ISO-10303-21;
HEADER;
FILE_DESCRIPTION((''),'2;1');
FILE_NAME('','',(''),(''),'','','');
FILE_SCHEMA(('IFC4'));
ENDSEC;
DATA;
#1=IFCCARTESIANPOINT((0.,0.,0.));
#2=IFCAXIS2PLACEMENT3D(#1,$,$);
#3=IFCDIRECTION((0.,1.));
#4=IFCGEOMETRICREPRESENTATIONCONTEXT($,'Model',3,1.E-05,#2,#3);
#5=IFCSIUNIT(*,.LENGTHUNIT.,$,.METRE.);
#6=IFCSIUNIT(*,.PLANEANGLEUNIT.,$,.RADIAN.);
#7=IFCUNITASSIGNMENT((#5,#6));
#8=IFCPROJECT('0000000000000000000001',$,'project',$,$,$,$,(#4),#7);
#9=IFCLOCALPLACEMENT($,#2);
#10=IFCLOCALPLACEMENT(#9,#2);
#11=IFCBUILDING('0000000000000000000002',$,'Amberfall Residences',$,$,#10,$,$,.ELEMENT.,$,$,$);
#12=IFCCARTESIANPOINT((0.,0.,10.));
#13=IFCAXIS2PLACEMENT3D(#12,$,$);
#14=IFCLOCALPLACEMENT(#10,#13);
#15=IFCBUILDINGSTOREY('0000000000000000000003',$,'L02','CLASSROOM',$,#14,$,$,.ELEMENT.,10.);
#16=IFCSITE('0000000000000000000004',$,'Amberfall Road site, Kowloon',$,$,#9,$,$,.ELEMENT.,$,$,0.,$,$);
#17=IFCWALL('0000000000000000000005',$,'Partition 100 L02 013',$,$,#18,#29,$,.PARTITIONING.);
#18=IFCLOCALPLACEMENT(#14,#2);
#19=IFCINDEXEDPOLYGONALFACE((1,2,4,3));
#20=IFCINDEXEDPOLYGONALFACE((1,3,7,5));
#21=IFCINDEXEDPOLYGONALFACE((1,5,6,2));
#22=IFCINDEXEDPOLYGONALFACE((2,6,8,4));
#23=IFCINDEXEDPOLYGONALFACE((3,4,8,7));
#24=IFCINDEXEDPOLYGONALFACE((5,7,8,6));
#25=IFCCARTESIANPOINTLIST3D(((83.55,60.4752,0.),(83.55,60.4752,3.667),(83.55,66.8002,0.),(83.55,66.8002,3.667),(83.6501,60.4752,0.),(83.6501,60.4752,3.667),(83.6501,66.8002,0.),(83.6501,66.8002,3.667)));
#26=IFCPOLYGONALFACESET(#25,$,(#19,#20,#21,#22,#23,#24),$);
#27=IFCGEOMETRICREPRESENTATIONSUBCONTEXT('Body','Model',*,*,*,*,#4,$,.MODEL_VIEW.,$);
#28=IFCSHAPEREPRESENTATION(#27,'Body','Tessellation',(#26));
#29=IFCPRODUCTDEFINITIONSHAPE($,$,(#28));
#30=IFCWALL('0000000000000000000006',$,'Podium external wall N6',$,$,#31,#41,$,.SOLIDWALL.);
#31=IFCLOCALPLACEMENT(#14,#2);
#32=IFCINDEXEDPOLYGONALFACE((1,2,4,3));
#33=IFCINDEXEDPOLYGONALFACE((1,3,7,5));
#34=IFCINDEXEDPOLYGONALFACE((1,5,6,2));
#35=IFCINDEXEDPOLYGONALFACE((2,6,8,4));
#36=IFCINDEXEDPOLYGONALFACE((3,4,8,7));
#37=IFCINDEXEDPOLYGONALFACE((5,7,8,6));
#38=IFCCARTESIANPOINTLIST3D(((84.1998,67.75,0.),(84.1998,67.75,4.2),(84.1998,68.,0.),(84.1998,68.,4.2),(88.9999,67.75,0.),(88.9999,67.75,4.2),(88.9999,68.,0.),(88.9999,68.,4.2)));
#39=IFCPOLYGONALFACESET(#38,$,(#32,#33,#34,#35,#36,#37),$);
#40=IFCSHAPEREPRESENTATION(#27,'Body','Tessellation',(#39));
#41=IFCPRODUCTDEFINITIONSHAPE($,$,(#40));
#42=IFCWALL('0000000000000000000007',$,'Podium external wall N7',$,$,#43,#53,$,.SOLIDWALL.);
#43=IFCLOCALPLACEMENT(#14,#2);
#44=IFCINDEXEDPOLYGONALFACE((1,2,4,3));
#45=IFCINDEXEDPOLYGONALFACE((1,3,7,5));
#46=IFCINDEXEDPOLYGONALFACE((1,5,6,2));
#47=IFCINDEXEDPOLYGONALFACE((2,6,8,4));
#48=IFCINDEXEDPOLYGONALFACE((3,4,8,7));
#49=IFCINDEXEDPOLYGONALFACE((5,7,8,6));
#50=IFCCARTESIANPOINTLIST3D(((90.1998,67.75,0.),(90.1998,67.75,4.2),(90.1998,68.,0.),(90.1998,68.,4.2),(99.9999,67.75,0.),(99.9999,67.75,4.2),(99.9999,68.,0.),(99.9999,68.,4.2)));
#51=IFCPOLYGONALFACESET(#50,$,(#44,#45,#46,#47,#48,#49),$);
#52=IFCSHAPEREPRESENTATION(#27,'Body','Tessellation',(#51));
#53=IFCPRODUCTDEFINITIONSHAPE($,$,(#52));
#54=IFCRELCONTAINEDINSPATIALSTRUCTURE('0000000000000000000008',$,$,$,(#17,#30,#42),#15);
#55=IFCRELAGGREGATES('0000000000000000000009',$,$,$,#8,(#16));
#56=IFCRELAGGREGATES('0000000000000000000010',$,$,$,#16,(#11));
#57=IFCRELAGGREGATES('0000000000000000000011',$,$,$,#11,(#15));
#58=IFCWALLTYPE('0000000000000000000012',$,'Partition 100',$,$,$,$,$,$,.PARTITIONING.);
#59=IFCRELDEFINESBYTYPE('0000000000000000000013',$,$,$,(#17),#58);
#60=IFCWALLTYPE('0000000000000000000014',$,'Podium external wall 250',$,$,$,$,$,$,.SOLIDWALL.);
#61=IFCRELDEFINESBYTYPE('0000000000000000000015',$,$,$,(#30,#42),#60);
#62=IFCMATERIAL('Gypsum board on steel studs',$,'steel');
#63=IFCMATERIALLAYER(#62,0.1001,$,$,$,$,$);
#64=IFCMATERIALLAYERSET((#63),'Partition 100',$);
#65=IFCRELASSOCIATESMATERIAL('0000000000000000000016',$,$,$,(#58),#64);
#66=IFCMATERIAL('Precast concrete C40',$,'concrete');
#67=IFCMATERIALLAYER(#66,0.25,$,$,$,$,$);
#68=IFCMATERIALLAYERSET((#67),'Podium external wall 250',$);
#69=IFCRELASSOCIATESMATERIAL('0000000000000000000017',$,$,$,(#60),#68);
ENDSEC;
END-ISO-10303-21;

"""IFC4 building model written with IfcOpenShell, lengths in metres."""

from ifc_helpers import new_model, si_unit, direction, frame, frame_2d, origin, place, context, subcontext, project, spatial, rectangle, extrude, material, layer, layer_set, type_object, element, save


model = new_model("IFC4")

# Units and contexts
model_context = context("Model", 3, precision=1e-05, world=origin(), true_north=direction((0.0, 1.0)))
body_context = subcontext(model_context, "Body", "Model", "MODEL_VIEW")
ifc_project = project(units=[si_unit("LENGTHUNIT", "METRE"), si_unit("PLANEANGLEUNIT", "RADIAN")], contexts=[model_context])

# Site, building, storey
site_placement = place(None, origin())
site = spatial("IfcSite", under=ifc_project, at=site_placement, Name="Amberfall Road site, Kowloon", CompositionType="ELEMENT", RefElevation=0.0)
building_placement = place(site_placement, origin())
building = spatial("IfcBuilding", under=site, at=building_placement, Name="Amberfall Residences", CompositionType="ELEMENT")
storey_placement = place(building_placement, frame((0.0, 0.0, 10.0)))
storey = spatial("IfcBuildingStorey", under=building, at=storey_placement, Name="L02", Description="CLASSROOM", CompositionType="ELEMENT", Elevation=10.0)

# Walls
ifc_material_1 = material(Name="Gypsum board on steel studs", Category="steel")
ifc_layer_1 = layer(ifc_material_1, 0.1001)
ifc_layer_set_1 = layer_set([ifc_layer_1], Name="Partition 100")
wall_type_1 = type_object("IfcWallType", Name="Partition 100", PredefinedType="PARTITIONING", material=ifc_layer_set_1)
wall_1_placement = place(storey_placement, frame((83.6001, 60.4751, 0.0), z_axis=(0.0, 0.0, 1.0), x_axis=(0.0, 1.0, 0.0)))
element("IfcWall", 1, at=wall_1_placement, inside=storey, type_object=wall_type_1, Name="Partition 100 L02 013", PredefinedType="PARTITIONING", context=body_context, shape_type="SweptSolid", body=[
    extrude(rectangle(XDim=6.325, YDim=0.1001, at=frame_2d((3.1626, 0.0))), origin(), (0.0, 0.0, 1.0), 3.667),
])
ifc_material_2 = material(Name="Precast concrete C40", Category="concrete")
ifc_layer_2 = layer(ifc_material_2, 0.25)
ifc_layer_set_2 = layer_set([ifc_layer_2], Name="Podium external wall 250")
wall_type_2 = type_object("IfcWallType", Name="Podium external wall 250", PredefinedType="SOLIDWALL", material=ifc_layer_set_2)
wall_2_placement = place(storey_placement, frame((84.2, 67.875, 0.0), z_axis=(0.0, 0.0, 1.0), x_axis=(1.0, 0.0, 0.0)))
element("IfcWall", 2, at=wall_2_placement, inside=storey, type_object=wall_type_2, Name="Podium external wall N6", PredefinedType="SOLIDWALL", context=body_context, shape_type="SweptSolid", body=[
    extrude(rectangle(XDim=4.8, YDim=0.25, at=frame_2d((2.3999, 0.0))), origin(), (0.0, 0.0, 1.0), 4.2),
])
wall_3_placement = place(storey_placement, frame((90.2, 67.875, 0.0), z_axis=(0.0, 0.0, 1.0), x_axis=(1.0, 0.0, 0.0)))
element("IfcWall", 3, at=wall_3_placement, inside=storey, type_object=wall_type_2, Name="Podium external wall N7", PredefinedType="SOLIDWALL", context=body_context, shape_type="SweptSolid", body=[
    extrude(rectangle(XDim=9.8, YDim=0.25, at=frame_2d((4.8999, 0.0))), origin(), (0.0, 0.0, 1.0), 4.2),
])

save(model, "model.ifc")
